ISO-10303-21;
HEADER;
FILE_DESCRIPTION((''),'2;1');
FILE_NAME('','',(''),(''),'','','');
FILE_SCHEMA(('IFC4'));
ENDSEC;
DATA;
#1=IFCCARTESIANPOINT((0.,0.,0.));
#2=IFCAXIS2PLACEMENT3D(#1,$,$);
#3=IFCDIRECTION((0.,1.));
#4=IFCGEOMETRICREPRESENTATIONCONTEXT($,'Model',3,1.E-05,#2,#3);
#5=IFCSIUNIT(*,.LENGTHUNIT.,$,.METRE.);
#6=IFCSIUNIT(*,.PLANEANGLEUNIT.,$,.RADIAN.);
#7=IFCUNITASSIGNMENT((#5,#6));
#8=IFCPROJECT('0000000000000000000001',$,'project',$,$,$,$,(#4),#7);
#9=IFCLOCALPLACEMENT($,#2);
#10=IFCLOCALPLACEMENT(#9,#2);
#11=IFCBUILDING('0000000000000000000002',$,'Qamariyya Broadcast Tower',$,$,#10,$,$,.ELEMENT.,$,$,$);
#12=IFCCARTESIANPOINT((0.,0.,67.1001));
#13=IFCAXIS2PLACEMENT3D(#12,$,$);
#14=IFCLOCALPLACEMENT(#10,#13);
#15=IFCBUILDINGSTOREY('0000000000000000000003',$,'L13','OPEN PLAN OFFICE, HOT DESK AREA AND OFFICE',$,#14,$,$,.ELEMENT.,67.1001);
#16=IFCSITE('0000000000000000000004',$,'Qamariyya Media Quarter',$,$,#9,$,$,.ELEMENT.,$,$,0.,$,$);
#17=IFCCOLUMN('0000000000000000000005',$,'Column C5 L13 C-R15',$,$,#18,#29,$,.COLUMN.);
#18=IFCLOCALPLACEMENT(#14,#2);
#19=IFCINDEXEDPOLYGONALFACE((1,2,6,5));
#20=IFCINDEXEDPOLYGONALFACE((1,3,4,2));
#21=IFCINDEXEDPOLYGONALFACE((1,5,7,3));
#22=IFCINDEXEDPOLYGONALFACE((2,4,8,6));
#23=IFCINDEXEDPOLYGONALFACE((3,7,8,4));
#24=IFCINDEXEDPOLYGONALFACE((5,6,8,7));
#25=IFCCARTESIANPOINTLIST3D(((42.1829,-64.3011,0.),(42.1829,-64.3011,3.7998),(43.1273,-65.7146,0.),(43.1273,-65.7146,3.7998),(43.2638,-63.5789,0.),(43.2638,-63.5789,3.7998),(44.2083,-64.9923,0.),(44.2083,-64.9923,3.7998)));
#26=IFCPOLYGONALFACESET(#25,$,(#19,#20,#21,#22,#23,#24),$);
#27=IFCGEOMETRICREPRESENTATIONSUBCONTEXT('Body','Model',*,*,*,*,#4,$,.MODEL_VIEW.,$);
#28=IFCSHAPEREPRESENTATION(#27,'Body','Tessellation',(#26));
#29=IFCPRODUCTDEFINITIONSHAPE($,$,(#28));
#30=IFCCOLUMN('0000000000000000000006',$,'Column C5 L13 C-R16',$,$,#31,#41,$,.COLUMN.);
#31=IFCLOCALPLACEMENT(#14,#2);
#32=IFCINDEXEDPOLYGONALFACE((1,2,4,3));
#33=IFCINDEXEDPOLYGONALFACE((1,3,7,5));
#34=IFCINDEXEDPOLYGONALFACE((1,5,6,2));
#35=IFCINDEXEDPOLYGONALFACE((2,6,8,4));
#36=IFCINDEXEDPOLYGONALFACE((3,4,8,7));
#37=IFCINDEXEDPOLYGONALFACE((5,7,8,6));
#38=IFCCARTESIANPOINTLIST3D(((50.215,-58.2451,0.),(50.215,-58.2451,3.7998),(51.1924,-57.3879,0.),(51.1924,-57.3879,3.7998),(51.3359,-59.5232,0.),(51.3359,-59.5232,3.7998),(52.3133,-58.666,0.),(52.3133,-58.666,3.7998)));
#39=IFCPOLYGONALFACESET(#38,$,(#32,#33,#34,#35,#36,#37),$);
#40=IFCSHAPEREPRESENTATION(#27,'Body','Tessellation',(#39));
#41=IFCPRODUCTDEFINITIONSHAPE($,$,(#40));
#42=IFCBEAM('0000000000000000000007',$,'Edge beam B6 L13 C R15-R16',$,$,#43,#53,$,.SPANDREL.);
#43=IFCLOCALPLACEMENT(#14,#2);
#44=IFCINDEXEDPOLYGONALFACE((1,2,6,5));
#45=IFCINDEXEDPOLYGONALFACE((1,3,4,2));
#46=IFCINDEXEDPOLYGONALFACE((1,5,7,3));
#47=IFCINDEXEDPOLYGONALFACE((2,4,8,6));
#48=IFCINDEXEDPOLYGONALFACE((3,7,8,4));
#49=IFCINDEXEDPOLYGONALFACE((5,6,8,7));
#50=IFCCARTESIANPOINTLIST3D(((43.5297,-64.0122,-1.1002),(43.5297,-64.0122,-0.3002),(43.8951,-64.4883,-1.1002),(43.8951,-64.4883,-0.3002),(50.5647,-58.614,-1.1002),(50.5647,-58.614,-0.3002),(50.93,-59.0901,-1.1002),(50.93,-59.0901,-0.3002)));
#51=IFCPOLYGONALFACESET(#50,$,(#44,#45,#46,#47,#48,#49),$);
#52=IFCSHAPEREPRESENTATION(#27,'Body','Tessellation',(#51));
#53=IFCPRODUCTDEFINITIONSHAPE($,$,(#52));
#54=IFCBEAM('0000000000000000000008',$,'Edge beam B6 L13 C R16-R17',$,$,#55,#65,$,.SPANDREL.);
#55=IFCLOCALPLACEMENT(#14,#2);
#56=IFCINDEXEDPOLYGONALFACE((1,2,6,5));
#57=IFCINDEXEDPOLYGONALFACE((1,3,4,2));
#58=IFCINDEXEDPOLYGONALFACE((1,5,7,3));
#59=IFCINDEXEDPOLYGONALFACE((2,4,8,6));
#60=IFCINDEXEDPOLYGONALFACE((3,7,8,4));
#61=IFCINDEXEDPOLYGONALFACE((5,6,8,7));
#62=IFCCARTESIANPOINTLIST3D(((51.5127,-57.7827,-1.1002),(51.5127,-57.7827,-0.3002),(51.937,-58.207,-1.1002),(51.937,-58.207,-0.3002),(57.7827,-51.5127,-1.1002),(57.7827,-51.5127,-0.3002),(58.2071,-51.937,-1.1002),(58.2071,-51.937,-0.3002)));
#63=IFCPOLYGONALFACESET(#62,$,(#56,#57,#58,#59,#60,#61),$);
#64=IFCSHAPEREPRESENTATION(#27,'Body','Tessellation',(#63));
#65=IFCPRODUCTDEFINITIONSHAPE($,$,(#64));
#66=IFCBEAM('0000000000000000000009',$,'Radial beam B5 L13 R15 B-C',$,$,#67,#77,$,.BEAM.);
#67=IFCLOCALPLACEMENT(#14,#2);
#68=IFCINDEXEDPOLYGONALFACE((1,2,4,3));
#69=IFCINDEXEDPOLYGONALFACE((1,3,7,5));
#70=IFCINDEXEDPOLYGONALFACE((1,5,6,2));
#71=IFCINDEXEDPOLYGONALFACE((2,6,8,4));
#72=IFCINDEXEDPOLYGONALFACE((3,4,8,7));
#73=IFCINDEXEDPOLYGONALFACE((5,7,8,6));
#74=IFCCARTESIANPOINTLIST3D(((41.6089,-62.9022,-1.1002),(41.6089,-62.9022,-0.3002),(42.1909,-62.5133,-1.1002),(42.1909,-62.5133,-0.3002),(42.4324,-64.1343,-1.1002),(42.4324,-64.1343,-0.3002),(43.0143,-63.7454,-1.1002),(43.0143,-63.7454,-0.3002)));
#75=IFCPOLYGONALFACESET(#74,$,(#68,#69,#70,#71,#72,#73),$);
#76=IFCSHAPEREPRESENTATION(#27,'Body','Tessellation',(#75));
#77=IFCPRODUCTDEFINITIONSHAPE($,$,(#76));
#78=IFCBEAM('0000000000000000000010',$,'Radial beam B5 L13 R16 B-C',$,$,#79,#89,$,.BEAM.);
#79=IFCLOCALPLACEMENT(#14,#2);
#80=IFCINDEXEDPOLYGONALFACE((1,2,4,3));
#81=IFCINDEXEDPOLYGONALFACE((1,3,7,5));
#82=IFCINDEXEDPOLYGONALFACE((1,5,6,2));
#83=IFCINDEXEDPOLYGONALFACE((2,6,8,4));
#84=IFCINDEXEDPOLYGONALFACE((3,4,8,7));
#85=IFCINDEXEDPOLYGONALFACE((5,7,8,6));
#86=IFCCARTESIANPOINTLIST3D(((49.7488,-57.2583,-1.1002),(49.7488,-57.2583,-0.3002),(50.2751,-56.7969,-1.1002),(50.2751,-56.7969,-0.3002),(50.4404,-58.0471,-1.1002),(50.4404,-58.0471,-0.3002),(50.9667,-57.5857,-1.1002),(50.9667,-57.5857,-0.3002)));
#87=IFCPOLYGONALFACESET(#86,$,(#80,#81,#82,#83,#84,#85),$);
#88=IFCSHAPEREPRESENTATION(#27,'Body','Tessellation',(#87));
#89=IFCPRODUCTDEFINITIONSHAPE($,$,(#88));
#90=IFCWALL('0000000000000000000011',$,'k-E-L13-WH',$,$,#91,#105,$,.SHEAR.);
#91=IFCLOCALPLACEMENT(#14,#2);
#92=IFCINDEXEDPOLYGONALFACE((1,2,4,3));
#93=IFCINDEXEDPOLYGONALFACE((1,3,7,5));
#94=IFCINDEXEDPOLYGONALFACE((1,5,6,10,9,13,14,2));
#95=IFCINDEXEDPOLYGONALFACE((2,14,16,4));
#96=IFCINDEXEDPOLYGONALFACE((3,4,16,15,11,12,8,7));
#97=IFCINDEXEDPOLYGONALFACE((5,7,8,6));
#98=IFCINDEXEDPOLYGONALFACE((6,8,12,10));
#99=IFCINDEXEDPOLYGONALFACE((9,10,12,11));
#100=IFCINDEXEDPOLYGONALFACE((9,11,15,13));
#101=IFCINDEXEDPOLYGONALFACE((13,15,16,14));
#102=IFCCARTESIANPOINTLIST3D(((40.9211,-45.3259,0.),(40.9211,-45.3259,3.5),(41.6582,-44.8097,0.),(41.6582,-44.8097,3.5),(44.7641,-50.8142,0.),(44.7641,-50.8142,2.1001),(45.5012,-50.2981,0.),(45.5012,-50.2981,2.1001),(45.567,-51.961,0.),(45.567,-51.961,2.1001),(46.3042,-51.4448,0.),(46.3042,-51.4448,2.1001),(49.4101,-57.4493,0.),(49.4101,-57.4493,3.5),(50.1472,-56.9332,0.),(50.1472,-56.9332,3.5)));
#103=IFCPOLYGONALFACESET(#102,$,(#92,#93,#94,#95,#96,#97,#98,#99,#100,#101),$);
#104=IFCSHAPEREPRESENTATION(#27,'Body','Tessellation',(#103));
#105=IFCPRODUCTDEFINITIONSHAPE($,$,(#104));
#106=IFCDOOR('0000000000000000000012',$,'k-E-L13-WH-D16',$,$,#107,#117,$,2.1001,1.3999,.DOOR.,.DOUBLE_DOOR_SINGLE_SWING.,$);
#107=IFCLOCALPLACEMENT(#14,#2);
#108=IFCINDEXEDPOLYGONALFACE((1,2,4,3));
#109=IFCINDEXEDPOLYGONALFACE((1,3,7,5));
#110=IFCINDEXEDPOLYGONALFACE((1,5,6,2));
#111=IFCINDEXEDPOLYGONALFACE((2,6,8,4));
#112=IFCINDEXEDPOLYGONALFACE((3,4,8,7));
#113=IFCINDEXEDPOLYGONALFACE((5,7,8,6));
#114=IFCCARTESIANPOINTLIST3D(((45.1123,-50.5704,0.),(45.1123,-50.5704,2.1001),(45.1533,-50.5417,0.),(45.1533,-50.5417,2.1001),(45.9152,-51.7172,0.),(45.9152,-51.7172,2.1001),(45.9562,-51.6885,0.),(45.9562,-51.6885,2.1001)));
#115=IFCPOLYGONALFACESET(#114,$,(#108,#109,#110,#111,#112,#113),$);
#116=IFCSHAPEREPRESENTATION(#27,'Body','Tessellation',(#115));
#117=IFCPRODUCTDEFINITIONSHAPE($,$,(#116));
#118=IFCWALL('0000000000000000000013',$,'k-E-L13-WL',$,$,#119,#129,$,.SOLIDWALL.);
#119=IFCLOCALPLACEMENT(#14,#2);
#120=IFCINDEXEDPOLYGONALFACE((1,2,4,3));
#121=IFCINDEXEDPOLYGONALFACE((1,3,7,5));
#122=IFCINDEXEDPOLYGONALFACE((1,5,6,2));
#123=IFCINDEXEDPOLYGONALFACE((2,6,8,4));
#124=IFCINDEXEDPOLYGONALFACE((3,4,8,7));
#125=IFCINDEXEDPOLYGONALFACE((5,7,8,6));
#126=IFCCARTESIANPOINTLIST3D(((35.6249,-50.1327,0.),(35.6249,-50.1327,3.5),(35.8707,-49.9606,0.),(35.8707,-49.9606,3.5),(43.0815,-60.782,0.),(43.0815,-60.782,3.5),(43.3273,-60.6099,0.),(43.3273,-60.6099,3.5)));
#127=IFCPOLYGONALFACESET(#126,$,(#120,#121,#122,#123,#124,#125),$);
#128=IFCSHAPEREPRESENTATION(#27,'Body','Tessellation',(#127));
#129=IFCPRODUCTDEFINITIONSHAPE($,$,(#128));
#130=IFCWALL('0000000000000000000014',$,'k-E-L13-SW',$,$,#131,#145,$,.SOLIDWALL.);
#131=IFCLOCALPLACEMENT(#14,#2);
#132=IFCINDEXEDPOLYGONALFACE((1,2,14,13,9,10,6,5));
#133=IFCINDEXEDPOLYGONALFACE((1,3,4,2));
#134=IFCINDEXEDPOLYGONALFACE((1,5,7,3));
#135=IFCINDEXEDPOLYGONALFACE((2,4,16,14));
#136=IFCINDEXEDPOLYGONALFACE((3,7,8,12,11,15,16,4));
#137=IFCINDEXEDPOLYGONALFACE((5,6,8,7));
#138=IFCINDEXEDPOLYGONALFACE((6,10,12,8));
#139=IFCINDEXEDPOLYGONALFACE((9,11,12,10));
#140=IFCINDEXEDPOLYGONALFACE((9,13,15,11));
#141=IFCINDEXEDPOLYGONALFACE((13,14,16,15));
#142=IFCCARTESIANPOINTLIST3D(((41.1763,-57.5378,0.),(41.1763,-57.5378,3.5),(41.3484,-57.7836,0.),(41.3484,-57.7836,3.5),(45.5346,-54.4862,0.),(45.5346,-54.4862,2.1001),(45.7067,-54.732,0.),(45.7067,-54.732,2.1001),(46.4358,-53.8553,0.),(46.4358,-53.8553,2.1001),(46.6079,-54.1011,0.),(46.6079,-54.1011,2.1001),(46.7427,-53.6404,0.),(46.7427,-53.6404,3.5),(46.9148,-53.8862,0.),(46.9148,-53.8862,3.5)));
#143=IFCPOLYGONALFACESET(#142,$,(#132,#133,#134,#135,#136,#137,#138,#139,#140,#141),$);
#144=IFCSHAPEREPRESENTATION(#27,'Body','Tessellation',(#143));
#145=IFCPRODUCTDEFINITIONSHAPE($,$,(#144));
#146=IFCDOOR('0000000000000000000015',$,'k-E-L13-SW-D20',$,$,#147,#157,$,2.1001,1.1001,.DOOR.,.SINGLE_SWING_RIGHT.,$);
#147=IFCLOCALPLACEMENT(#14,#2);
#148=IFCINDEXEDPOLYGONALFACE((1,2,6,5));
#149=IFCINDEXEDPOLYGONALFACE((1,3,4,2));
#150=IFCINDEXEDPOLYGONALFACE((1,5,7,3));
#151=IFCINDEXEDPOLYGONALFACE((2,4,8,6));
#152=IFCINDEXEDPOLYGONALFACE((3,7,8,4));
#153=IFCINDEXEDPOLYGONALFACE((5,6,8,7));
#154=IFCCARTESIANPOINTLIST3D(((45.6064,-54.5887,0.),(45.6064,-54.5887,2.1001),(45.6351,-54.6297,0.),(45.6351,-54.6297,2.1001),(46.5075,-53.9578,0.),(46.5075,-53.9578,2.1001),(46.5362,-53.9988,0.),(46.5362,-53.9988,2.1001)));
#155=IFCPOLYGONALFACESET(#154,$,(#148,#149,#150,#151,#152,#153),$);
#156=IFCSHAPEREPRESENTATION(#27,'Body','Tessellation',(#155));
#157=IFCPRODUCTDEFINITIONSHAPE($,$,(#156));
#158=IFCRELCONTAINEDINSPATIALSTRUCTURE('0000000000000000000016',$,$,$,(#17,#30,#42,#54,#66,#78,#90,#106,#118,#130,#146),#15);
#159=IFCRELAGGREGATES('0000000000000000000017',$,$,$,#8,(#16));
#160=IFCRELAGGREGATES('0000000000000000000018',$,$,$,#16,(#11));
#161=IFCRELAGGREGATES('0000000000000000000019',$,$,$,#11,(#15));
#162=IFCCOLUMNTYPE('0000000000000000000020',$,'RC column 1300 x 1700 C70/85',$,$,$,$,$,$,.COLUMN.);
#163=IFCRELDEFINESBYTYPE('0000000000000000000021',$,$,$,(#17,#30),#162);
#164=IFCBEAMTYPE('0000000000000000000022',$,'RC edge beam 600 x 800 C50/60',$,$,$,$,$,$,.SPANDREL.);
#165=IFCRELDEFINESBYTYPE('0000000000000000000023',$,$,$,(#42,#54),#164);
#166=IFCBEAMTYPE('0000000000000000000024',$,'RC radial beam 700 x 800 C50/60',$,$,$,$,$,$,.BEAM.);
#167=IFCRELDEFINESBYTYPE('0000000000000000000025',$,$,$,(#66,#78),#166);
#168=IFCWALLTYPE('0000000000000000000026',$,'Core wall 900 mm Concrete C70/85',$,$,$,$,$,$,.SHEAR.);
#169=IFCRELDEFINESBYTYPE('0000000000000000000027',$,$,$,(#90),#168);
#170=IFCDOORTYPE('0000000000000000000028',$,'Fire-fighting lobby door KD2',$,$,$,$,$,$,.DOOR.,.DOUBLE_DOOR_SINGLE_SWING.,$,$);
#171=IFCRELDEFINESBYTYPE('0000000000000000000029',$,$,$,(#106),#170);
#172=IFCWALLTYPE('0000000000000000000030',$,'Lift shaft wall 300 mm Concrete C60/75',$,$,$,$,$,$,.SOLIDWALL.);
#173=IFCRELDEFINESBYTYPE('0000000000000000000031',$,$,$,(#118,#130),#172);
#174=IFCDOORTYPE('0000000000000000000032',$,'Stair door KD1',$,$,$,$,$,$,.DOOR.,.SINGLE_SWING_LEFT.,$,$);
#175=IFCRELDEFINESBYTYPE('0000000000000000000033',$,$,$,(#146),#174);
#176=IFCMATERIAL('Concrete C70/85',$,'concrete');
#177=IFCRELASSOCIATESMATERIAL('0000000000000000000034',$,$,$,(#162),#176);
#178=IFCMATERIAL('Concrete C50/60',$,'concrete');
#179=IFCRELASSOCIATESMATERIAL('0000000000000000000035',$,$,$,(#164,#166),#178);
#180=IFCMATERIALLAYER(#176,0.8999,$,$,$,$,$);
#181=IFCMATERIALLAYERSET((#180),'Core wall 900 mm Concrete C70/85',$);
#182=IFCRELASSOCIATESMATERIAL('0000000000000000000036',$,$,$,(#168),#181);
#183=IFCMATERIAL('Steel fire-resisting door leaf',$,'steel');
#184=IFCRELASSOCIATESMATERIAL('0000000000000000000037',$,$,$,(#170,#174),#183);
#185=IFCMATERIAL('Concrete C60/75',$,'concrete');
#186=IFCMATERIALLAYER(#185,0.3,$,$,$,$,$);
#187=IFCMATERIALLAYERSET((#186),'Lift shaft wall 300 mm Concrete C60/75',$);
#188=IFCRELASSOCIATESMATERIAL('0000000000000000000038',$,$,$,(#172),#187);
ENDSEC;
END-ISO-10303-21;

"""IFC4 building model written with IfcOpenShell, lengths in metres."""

from ifc_helpers import new_model, si_unit, direction, frame, frame_2d, origin, origin_2d, place, context, subcontext, project, spatial, rectangle, extrude, material, layer, layer_set, material_profile, profile_set, type_object, element, fill, save


model = new_model("IFC4")

# Units and contexts
model_context = context("Model", 3, precision=1e-05, world=origin(), true_north=direction((0.0, 1.0)))
body_context = subcontext(model_context, "Body", "Model", "MODEL_VIEW")
ifc_project = project(units=[si_unit("LENGTHUNIT", "METRE"), si_unit("PLANEANGLEUNIT", "RADIAN")], contexts=[model_context])

# Site, building, storey
site_placement = place(None, origin())
site = spatial("IfcSite", under=ifc_project, at=site_placement, Name="Qamariyya Media Quarter", CompositionType="ELEMENT", RefElevation=0.0)
building_placement = place(site_placement, origin())
building = spatial("IfcBuilding", under=site, at=building_placement, Name="Qamariyya Broadcast Tower", CompositionType="ELEMENT")
storey_placement = place(building_placement, frame((0.0, 0.0, 67.1001)))
storey = spatial("IfcBuildingStorey", under=building, at=storey_placement, Name="L13", Description="OPEN PLAN OFFICE, HOT DESK AREA AND OFFICE", CompositionType="ELEMENT", Elevation=67.1001)

# Columns
ifc_material_1 = material(Name="Concrete C70/85", Category="concrete")
ifc_material_profile_1 = material_profile(ifc_material_1, rectangle(XDim=1.3, YDim=1.7, at=origin_2d()))
ifc_profile_set_1 = profile_set([ifc_material_profile_1], Name="Concrete C70/85")
column_type = type_object("IfcColumnType", Name="RC column 1300 x 1700 C70/85", PredefinedType="COLUMN", material=ifc_profile_set_1)
for number, where, z_axis, x_axis, name in (
    (1, (43.1956, -64.6467, 0.0), (0.0, 0.0, 1.0), (0.83147, 0.55557, 0.0), "Column C5 L13 C-R15"),
    (2, (51.2642, -58.4556, 0.0), (0.0, 0.0, 1.0), (0.75184, 0.659346, 0.0), "Column C5 L13 C-R16"),
):
    element("IfcColumn", number, at=place(storey_placement, frame(where, z_axis=z_axis, x_axis=x_axis)), inside=storey, type_object=column_type, Name=name, PredefinedType="COLUMN", context=body_context, shape_type="SweptSolid", body=[
        extrude(rectangle(XDim=1.3, YDim=1.7, at=origin_2d()), origin(), (0.0, 0.0, 1.0), 3.7998),
    ])

# Beams
ifc_material_2 = material(Name="Concrete C50/60", Category="concrete")
ifc_material_profile_2 = material_profile(ifc_material_2, rectangle(XDim=0.6001, YDim=0.8, at=origin_2d()))
ifc_profile_set_2 = profile_set([ifc_material_profile_2], Name="Concrete C50/60")
beam_type_1 = type_object("IfcBeamType", Name="RC edge beam 600 x 800 C50/60", PredefinedType="SPANDREL", material=ifc_profile_set_2)
beam_1_placement = place(storey_placement, frame((43.7124, -64.2502, -0.7002), z_axis=(0.793347, 0.60877, 0.0), x_axis=(-0.60877, 0.793347, 0.0)))
element("IfcBeam", 3, at=beam_1_placement, inside=storey, type_object=beam_type_1, Name="Edge beam B6 L13 C R15-R16", PredefinedType="SPANDREL", context=body_context, shape_type="SweptSolid", body=[
    extrude(rectangle(XDim=0.6001, YDim=0.8, at=origin_2d()), origin(), (0.0, 0.0, 1.0), 8.8674),
])
beam_2_placement = place(storey_placement, frame((51.7249, -57.9949, -0.7002), z_axis=(0.707107, 0.707107, 0.0), x_axis=(-0.707107, 0.707107, 0.0)))
element("IfcBeam", 4, at=beam_2_placement, inside=storey, type_object=beam_type_1, Name="Edge beam B6 L13 C R16-R17", PredefinedType="SPANDREL", context=body_context, shape_type="SweptSolid", body=[
    extrude(rectangle(XDim=0.6001, YDim=0.8, at=origin_2d()), origin(), (0.0, 0.0, 1.0), 8.8672),
])
ifc_material_profile_3 = material_profile(ifc_material_2, rectangle(XDim=0.7, YDim=0.8, at=origin_2d()))
ifc_profile_set_3 = profile_set([ifc_material_profile_3], Name="Concrete C50/60")
beam_type_2 = type_object("IfcBeamType", Name="RC radial beam 700 x 800 C50/60", PredefinedType="BEAM", material=ifc_profile_set_3)
beam_3_placement = place(storey_placement, frame((41.8999, -62.7078, -0.7002), z_axis=(0.55565, -0.831416, 0.0), x_axis=(0.831416, 0.55565, 0.0)))
element("IfcBeam", 5, at=beam_3_placement, inside=storey, type_object=beam_type_2, Name="Radial beam B5 L13 R15 B-C", PredefinedType="BEAM", context=body_context, shape_type="SweptSolid", body=[
    extrude(rectangle(XDim=0.7, YDim=0.8, at=origin_2d()), origin(), (0.0, 0.0, 1.0), 1.4819),
])
beam_4_placement = place(storey_placement, frame((50.012, -57.0276, -0.7002), z_axis=(0.659279, -0.751899, 0.0), x_axis=(0.751899, 0.659279, 0.0)))
element("IfcBeam", 6, at=beam_4_placement, inside=storey, type_object=beam_type_2, Name="Radial beam B5 L13 R16 B-C", PredefinedType="BEAM", context=body_context, shape_type="SweptSolid", body=[
    extrude(rectangle(XDim=0.7, YDim=0.8, at=origin_2d()), origin(), (0.0, 0.0, 1.0), 1.0491),
])

# Wall, opening, door
ifc_layer_1 = layer(ifc_material_1, 0.8999)
ifc_layer_set_1 = layer_set([ifc_layer_1], Name="Core wall 900 mm Concrete C70/85")
wall_type_1 = type_object("IfcWallType", Name="Core wall 900 mm Concrete C70/85", PredefinedType="SHEAR", material=ifc_layer_set_1)
wall_1_placement = place(storey_placement, frame((49.7786, -57.1912, 0.0), z_axis=(0.0, 0.0, 1.0), x_axis=(-0.573577, 0.819151, 0.0)))
wall_1 = element("IfcWall", 7, at=wall_1_placement, inside=storey, type_object=wall_type_1, Name="k-E-L13-WH", PredefinedType="SHEAR", context=body_context, shape_type="SweptSolid", body=[
    extrude(rectangle(XDim=14.8, YDim=0.8999, at=frame_2d((7.3999, 0.0))), origin(), (0.0, 0.0, 1.0), 3.5),
])
opening_1_placement = place(wall_1_placement, frame((6.7, 0.0, 0.0)))
opening_1 = element("IfcOpeningElement", 8, at=opening_1_placement, cuts=wall_1, PredefinedType="OPENING", context=body_context, shape_type="SweptSolid", body=[
    extrude(rectangle(XDim=1.3999, YDim=2.1001, at=frame_2d((0.7, 1.05))), frame((0.0, 0.46, 0.0), z_axis=(0.0, -1.0, 0.0), x_axis=(1.0, 0.0, 0.0)), (0.0, 0.0, 1.0), 0.9199),
])
ifc_material_3 = material(Name="Steel fire-resisting door leaf", Category="steel")
door_type_1 = type_object("IfcDoorType", Name="Fire-fighting lobby door KD2", OperationType="DOUBLE_DOOR_SINGLE_SWING", PredefinedType="DOOR", material=ifc_material_3)
door_1_placement = place(opening_1_placement, origin())
door_1 = element("IfcDoor", 9, at=door_1_placement, inside=storey, type_object=door_type_1, Name="k-E-L13-WH-D16", OperationType="DOUBLE_DOOR_SINGLE_SWING", OverallHeight=2.1001, OverallWidth=1.3999, PredefinedType="DOOR", context=body_context, shape_type="SweptSolid", body=[
    extrude(rectangle(XDim=1.3999, YDim=2.1001, at=frame_2d((0.7, 1.05))), frame((0.0, 0.0249, 0.0), z_axis=(0.0, -1.0, 0.0), x_axis=(1.0, 0.0, 0.0)), (0.0, 0.0, 1.0), 0.05),
])
fill(opening_1, door_1)

# Wall
ifc_material_4 = material(Name="Concrete C60/75", Category="concrete")
ifc_layer_2 = layer(ifc_material_4, 0.3)
ifc_layer_set_2 = layer_set([ifc_layer_2], Name="Lift shaft wall 300 mm Concrete C60/75")
wall_type_2 = type_object("IfcWallType", Name="Lift shaft wall 300 mm Concrete C60/75", PredefinedType="SOLIDWALL", material=ifc_layer_set_2)
wall_2_placement = place(storey_placement, frame((43.2043, -60.6958, 0.0), z_axis=(0.0, 0.0, 1.0), x_axis=(-0.573572, 0.819155, 0.0)))
element("IfcWall", 10, at=wall_2_placement, inside=storey, type_object=wall_type_2, Name="k-E-L13-WL", PredefinedType="SOLIDWALL", context=body_context, shape_type="SweptSolid", body=[
    extrude(rectangle(XDim=13.0002, YDim=0.3, at=frame_2d((6.5, 0.0))), origin(), (0.0, 0.0, 1.0), 3.5),
])

# Wall, opening, door
wall_3_placement = place(storey_placement, frame((41.2625, -57.6606, 0.0), z_axis=(0.0, 0.0, 1.0), x_axis=(0.819164, 0.573559, 0.0)))
wall_3 = element("IfcWall", 11, at=wall_3_placement, inside=storey, type_object=wall_type_2, Name="k-E-L13-SW", PredefinedType="SOLIDWALL", context=body_context, shape_type="SweptSolid", body=[
    extrude(rectangle(XDim=6.7952, YDim=0.3, at=frame_2d((3.3975, 0.0))), origin(), (0.0, 0.0, 1.0), 3.5),
])
opening_2_placement = place(wall_3_placement, frame((5.3203, 0.0, 0.0)))
opening_2 = element("IfcOpeningElement", 12, at=opening_2_placement, cuts=wall_3, PredefinedType="OPENING", context=body_context, shape_type="SweptSolid", body=[
    extrude(rectangle(XDim=1.1001, YDim=2.1001, at=frame_2d((0.55, 1.05))), frame((0.0, 0.1599, 0.0), z_axis=(0.0, -1.0, 0.0), x_axis=(1.0, 0.0, 0.0)), (0.0, 0.0, 1.0), 0.3201),
])
door_type_2 = type_object("IfcDoorType", Name="Stair door KD1", OperationType="SINGLE_SWING_LEFT", PredefinedType="DOOR", material=ifc_material_3)
door_2_placement = place(opening_2_placement, origin())
door_2 = element("IfcDoor", 13, at=door_2_placement, inside=storey, type_object=door_type_2, Name="k-E-L13-SW-D20", OperationType="SINGLE_SWING_RIGHT", OverallHeight=2.1001, OverallWidth=1.1001, PredefinedType="DOOR", context=body_context, shape_type="SweptSolid", body=[
    extrude(rectangle(XDim=1.1001, YDim=2.1001, at=frame_2d((0.55, 1.05))), frame((0.0, 0.0249, 0.0), z_axis=(0.0, -1.0, 0.0), x_axis=(1.0, 0.0, 0.0)), (0.0, 0.0, 1.0), 0.05),
])
fill(opening_2, door_2)

save(model, "model.ifc")
